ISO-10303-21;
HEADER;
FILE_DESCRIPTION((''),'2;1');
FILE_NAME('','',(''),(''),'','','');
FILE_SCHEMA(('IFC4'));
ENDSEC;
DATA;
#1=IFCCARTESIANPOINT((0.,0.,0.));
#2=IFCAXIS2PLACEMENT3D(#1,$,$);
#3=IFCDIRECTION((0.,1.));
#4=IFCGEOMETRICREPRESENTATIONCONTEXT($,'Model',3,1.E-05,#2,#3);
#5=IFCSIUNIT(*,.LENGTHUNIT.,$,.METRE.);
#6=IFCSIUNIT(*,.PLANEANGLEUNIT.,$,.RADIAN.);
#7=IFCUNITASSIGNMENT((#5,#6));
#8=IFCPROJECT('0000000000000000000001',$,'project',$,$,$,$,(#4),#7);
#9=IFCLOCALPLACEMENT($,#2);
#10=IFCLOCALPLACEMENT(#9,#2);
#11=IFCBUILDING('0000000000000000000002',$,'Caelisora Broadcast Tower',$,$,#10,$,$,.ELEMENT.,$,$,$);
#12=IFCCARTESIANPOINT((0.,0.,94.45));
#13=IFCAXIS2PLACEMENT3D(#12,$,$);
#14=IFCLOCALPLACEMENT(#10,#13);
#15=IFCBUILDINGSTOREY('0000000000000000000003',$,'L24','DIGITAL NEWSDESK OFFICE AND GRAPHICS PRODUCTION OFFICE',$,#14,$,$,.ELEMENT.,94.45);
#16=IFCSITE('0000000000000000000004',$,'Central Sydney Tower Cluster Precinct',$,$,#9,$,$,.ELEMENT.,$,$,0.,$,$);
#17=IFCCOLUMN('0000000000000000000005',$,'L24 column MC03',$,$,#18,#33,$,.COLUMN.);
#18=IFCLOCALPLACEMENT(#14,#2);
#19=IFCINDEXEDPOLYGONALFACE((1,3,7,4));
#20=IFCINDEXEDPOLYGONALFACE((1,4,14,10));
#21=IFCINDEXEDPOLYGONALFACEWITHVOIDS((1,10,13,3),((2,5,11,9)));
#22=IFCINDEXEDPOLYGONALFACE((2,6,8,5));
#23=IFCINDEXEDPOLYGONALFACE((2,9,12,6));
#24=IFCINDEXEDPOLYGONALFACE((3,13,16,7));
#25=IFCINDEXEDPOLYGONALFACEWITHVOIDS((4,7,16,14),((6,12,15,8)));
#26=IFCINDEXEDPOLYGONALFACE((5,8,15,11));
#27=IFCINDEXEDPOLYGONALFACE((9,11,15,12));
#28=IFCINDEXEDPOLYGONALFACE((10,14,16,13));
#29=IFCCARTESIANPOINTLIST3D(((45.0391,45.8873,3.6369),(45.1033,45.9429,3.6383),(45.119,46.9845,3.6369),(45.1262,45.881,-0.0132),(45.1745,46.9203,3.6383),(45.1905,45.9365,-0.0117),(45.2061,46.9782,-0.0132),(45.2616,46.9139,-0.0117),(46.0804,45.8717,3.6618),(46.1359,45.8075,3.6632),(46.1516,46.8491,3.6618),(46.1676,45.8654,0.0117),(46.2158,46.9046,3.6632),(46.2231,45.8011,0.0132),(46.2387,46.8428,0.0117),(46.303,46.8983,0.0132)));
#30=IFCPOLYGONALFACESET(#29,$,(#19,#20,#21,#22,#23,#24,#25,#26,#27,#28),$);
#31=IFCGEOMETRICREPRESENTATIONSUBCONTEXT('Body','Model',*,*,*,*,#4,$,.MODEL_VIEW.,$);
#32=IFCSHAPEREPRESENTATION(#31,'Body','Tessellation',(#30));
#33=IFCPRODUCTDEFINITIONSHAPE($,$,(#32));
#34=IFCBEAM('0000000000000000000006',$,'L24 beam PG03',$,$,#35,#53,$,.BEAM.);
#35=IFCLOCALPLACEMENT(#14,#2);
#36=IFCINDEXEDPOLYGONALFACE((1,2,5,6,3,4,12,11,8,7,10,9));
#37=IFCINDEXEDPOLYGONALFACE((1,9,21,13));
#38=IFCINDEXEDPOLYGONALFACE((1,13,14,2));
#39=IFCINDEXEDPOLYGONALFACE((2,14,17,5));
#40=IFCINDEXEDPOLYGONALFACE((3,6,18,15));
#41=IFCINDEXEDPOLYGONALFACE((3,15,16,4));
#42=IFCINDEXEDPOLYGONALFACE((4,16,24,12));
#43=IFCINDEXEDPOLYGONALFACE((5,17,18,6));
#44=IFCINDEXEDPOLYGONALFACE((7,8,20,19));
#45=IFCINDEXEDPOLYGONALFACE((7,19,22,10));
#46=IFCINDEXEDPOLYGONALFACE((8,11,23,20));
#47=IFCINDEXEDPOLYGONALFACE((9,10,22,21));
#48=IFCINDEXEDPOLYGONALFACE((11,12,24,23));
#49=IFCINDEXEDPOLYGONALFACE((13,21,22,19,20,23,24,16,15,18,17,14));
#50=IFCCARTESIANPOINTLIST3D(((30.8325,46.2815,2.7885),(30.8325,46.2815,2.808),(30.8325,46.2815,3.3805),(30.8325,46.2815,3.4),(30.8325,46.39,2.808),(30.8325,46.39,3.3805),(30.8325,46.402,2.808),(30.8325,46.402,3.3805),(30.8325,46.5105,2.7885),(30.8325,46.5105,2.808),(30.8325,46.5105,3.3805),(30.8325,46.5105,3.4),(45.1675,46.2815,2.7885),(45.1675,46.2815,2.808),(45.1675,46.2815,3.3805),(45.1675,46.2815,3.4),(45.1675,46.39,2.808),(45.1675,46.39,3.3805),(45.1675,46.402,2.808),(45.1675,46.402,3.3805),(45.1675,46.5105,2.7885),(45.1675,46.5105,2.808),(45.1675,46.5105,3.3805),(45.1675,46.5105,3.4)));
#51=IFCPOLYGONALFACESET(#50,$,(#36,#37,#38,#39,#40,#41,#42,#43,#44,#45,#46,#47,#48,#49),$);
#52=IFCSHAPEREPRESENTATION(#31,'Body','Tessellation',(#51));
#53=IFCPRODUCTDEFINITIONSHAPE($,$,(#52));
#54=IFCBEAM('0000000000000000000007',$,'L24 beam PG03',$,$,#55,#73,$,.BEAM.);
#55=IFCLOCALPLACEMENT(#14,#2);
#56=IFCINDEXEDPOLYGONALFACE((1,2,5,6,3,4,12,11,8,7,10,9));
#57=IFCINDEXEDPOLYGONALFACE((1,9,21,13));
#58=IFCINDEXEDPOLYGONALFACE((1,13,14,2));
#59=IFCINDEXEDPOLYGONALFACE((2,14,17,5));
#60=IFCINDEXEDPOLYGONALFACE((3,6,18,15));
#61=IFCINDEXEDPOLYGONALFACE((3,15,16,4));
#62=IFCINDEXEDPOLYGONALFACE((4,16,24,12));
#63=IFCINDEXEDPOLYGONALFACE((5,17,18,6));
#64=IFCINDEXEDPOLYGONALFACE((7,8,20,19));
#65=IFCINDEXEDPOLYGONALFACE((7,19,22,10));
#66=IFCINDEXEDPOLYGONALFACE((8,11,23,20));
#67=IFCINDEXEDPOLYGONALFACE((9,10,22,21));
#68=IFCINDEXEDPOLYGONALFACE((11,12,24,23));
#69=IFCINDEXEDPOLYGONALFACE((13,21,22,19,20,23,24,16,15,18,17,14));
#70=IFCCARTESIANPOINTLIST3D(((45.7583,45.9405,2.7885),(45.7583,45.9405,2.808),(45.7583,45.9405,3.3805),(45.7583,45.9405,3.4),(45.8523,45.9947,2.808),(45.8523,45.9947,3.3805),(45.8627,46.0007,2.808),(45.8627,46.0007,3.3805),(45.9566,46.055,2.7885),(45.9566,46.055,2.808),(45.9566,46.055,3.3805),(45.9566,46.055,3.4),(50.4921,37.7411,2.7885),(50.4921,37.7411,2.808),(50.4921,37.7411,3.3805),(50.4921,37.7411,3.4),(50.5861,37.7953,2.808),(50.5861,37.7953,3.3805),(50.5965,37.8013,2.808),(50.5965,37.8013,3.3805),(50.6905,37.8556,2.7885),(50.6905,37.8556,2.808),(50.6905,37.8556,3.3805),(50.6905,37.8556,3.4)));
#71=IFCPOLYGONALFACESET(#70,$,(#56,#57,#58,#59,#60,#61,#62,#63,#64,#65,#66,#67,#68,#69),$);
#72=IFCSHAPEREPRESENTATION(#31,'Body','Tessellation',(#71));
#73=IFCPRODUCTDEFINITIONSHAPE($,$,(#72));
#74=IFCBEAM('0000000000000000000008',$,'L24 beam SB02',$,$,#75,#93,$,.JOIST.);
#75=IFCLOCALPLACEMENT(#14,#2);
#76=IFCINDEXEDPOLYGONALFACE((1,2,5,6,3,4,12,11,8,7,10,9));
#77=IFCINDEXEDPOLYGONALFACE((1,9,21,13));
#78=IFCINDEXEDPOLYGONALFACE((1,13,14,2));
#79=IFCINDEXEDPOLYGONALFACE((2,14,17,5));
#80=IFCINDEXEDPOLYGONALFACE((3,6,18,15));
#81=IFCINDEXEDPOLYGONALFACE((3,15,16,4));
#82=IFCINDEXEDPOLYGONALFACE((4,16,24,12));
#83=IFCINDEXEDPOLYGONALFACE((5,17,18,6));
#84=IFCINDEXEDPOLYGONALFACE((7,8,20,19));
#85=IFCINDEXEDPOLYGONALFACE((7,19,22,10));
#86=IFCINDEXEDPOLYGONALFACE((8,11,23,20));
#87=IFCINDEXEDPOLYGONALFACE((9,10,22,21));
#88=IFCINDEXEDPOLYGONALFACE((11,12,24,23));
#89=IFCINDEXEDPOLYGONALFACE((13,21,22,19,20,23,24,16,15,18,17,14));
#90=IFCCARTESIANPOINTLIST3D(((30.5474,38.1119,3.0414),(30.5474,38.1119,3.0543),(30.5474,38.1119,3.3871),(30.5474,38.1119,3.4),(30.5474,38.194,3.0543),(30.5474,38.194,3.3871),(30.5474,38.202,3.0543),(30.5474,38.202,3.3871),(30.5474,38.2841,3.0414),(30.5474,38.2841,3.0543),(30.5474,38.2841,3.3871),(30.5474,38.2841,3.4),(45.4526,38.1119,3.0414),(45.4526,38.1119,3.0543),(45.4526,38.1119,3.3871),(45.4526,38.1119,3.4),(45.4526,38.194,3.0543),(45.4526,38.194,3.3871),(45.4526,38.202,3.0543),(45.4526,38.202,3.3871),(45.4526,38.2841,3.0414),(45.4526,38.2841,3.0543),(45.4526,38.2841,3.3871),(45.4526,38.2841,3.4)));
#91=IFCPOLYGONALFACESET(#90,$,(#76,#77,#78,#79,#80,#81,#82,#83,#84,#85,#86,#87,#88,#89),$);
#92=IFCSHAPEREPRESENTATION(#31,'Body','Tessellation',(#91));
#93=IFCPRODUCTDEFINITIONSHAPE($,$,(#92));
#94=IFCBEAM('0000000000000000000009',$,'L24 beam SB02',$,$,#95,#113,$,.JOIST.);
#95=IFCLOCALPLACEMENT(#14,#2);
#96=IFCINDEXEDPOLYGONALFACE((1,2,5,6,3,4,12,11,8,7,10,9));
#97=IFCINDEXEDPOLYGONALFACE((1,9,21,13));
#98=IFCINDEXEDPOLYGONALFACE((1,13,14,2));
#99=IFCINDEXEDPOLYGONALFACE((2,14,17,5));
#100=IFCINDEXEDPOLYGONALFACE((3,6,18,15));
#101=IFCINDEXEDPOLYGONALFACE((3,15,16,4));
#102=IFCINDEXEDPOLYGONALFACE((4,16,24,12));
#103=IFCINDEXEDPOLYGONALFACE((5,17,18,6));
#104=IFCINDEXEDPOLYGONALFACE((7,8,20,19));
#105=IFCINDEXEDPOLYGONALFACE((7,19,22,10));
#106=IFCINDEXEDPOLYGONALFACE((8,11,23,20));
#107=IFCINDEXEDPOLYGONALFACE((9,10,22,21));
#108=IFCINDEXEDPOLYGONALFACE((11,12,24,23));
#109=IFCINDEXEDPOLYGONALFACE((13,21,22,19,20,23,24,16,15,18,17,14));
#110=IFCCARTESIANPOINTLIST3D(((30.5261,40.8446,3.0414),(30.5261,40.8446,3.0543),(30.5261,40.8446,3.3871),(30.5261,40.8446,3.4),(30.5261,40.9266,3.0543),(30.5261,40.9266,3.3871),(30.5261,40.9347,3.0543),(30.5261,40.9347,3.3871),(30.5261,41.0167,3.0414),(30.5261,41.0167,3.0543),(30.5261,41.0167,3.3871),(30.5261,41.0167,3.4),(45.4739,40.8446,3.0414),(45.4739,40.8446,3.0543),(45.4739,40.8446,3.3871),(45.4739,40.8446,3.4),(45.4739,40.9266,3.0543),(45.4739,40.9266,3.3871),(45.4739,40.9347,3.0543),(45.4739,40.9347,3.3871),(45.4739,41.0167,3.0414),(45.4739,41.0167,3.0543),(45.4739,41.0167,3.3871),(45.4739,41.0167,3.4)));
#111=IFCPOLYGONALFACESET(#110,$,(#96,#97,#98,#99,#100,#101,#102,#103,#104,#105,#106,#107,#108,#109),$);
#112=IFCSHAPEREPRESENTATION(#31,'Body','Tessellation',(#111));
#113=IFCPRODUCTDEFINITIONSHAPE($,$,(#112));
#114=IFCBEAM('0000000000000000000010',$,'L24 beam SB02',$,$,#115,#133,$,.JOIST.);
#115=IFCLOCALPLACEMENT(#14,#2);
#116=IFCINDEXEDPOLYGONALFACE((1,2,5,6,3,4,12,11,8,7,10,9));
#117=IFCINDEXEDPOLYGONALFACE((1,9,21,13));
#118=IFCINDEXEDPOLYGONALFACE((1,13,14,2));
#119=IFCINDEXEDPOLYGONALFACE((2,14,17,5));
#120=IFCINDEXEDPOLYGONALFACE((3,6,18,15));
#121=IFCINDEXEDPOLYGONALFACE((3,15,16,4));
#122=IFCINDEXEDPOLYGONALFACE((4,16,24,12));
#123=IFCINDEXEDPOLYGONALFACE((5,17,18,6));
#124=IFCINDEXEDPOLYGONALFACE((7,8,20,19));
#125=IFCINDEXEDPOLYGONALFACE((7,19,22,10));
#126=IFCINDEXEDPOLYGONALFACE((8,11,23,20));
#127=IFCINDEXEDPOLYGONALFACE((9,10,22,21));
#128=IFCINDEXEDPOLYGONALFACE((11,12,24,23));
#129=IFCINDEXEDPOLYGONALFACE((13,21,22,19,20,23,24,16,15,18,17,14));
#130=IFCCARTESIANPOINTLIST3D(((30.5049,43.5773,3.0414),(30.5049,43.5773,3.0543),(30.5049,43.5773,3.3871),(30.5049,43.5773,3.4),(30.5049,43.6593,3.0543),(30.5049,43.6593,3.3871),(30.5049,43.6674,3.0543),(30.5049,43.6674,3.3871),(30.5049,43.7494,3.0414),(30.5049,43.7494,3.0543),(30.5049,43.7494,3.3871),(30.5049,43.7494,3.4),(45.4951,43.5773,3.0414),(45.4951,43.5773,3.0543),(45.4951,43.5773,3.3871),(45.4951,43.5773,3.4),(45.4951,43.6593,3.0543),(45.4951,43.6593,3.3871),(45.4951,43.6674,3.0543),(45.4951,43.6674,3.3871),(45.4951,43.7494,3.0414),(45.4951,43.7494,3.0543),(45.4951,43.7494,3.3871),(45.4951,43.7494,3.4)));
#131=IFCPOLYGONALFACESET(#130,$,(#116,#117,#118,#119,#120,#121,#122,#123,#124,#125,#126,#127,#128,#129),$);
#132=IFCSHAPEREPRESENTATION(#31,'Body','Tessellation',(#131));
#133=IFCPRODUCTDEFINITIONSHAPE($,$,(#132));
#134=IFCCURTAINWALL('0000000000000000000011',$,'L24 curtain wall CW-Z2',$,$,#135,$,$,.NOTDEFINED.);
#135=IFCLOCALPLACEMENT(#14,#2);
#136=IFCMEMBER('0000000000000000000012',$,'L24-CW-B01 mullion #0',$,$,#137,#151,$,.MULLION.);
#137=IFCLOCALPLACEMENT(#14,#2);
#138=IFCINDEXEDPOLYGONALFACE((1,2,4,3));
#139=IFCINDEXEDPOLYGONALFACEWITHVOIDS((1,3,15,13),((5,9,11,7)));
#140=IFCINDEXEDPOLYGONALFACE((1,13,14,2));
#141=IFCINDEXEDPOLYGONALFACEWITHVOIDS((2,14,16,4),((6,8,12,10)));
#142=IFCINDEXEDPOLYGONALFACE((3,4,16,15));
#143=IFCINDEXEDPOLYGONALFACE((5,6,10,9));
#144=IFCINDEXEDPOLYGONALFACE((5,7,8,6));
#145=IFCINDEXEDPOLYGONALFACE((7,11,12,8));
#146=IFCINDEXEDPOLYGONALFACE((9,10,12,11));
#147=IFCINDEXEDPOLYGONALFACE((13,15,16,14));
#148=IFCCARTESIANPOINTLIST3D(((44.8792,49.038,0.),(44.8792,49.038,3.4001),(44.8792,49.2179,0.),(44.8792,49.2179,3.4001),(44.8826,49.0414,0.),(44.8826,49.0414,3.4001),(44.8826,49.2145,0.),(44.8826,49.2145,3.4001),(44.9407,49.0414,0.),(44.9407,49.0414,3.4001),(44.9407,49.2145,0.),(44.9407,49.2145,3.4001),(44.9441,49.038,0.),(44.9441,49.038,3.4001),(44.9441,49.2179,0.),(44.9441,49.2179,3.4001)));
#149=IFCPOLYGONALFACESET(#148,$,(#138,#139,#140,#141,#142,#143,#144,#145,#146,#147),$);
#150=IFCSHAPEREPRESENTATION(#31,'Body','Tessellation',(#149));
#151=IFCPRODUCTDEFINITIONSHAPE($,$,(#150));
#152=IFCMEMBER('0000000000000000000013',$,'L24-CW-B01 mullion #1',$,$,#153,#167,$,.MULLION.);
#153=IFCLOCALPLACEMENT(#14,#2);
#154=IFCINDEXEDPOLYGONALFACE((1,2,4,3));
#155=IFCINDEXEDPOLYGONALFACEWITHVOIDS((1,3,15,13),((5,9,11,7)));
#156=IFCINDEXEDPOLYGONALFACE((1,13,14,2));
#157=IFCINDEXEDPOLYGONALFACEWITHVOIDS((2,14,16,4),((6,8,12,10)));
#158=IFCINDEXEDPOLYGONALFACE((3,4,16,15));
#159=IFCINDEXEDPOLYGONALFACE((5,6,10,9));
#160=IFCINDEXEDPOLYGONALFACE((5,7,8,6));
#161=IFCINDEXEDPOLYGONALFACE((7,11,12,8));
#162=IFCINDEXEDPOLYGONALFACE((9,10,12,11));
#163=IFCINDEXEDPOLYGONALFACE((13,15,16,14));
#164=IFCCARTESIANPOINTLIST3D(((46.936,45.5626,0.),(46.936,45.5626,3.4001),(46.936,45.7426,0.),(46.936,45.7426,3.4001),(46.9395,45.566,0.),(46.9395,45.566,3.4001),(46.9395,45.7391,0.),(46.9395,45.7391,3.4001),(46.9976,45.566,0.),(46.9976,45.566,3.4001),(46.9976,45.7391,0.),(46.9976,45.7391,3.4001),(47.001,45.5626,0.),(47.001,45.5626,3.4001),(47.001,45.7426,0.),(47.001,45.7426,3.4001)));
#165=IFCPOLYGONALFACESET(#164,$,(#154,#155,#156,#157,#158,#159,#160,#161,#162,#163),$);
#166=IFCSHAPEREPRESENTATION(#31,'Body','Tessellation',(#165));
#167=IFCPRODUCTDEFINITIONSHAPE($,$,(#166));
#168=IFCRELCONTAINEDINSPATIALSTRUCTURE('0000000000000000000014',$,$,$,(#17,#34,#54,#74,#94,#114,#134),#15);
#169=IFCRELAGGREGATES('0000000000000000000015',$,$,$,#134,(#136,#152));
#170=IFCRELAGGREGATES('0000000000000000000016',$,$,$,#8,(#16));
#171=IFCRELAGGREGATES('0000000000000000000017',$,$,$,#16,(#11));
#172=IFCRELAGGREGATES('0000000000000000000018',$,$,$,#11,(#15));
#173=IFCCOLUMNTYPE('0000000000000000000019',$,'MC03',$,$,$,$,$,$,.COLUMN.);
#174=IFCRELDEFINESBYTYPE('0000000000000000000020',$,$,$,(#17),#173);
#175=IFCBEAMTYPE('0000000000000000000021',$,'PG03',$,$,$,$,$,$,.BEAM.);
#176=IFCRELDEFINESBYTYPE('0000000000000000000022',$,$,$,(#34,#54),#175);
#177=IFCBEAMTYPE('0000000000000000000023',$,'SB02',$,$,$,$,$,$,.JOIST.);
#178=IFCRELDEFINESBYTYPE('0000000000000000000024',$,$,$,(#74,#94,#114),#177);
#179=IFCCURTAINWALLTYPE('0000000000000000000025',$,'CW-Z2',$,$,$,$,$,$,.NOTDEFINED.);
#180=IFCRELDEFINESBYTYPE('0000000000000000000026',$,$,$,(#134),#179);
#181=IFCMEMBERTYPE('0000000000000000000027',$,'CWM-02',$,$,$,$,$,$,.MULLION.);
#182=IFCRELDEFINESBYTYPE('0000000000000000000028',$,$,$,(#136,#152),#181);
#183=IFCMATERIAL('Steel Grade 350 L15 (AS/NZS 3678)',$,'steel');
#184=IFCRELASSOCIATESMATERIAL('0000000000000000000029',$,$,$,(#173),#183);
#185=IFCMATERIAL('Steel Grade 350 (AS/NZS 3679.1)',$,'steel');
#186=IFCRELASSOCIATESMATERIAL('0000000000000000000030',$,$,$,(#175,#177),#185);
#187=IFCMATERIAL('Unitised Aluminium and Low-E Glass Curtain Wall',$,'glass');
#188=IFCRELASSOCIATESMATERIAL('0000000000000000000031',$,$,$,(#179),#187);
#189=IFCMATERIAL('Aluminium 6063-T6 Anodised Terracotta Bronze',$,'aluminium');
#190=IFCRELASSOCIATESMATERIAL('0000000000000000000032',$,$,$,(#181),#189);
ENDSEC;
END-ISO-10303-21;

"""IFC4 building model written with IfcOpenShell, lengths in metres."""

from ifc_helpers import new_model, si_unit, direction, frame, origin, origin_2d, place, context, subcontext, project, spatial, hollow_rectangle, i_section, extrude, source, transform, mapped, material, material_profile, profile_set, type_object, type_shapes, element, aggregate, save


model = new_model("IFC4")

# Units and contexts
model_context = context("Model", 3, precision=1e-05, world=origin(), true_north=direction((0.0, 1.0)))
body_context = subcontext(model_context, "Body", "Model", "MODEL_VIEW")
ifc_project = project(units=[si_unit("LENGTHUNIT", "METRE"), si_unit("PLANEANGLEUNIT", "RADIAN")], contexts=[model_context])

# Site, building, storey
site_placement = place(None, origin())
site = spatial("IfcSite", under=ifc_project, at=site_placement, Name="Central Sydney Tower Cluster Precinct", CompositionType="ELEMENT", RefElevation=0.0)
building_placement = place(site_placement, origin())
building = spatial("IfcBuilding", under=site, at=building_placement, Name="Caelisora Broadcast Tower", CompositionType="ELEMENT")
storey_placement = place(building_placement, frame((0.0, 0.0, 94.45)))
storey = spatial("IfcBuildingStorey", under=building, at=storey_placement, Name="L24", Description="DIGITAL NEWSDESK OFFICE AND GRAPHICS PRODUCTION OFFICE", CompositionType="ELEMENT", Elevation=94.45)

# Column
ifc_material_1 = material(Name="Steel Grade 350 L15 (AS/NZS 3678)", Category="steel")
ifc_material_profile_1 = material_profile(ifc_material_1, hollow_rectangle(XDim=1.1001, YDim=1.1001, WallThickness=0.0601, at=origin_2d()), Name="Steel Grade 350 L15 (AS/NZS 3678)")
ifc_profile_set_1 = profile_set([ifc_material_profile_1], Name="Steel Grade 350 L15 (AS/NZS 3678)")
column_type = type_object("IfcColumnType", Name="MC03", PredefinedType="COLUMN", material=ifc_profile_set_1)
shared_shape_1 = source(origin(), body_context, "Body", "SweptSolid", [
    extrude(hollow_rectangle(XDim=1.1001, YDim=1.1001, WallThickness=0.0601, at=origin_2d()), origin(), (0.0, 0.0, 1.0), 3.6511),
])
type_shapes(column_type, [shared_shape_1])
column_placement = place(storey_placement, frame((45.7146, 46.3896, 0.0), z_axis=(-0.023871, 0.001739, 0.999714), x_axis=(-0.072637, -0.997358, 0.0)))
element("IfcColumn", 1, at=column_placement, inside=storey, type_object=column_type, Name="L24 column MC03", PredefinedType="COLUMN", context=body_context, shape_type="MappedRepresentation", body=[
    mapped(shared_shape_1, transform((0.0, 0.0, 0.0), scale=1.0)),
])

# Beams
ifc_material_2 = material(Name="Steel Grade 350 (AS/NZS 3679.1)", Category="steel")
ifc_material_profile_2 = material_profile(ifc_material_2, i_section(OverallWidth=0.229, OverallDepth=0.6116, WebThickness=0.012, FlangeThickness=0.0195, at=origin_2d()), Name="Steel Grade 350 (AS/NZS 3679.1)")
ifc_profile_set_2 = profile_set([ifc_material_profile_2], Name="Steel Grade 350 (AS/NZS 3679.1)")
beam_type_1 = type_object("IfcBeamType", Name="PG03", PredefinedType="BEAM", material=ifc_profile_set_2)
shared_shape_2 = source(origin(), body_context, "Body", "SweptSolid", [
    extrude(i_section(OverallWidth=0.229, OverallDepth=0.6116, WebThickness=0.012, FlangeThickness=0.0195, at=origin_2d()), origin(), (0.0, 0.0, 1.0), 14.335),
])
beam_1_placement = place(storey_placement, frame((45.1675, 46.396, 3.0942), z_axis=(-1.0, 0.0, 0.0), x_axis=(0.0, -1.0, 0.0)))
element("IfcBeam", 2, at=beam_1_placement, inside=storey, type_object=beam_type_1, Name="L24 beam PG03", PredefinedType="BEAM", context=body_context, shape_type="MappedRepresentation", body=[
    mapped(shared_shape_2, transform((0.0, 0.0, 0.0), scale=1.0)),
])
shared_shape_3 = source(origin(), body_context, "Body", "SweptSolid", [
    extrude(i_section(OverallWidth=0.229, OverallDepth=0.6116, WebThickness=0.012, FlangeThickness=0.0195, at=origin_2d()), origin(), (0.0, 0.0, 1.0), 9.4678),
])
type_shapes(beam_type_1, [shared_shape_2, shared_shape_3])
beam_2_placement = place(storey_placement, frame((50.5913, 37.7983, 3.0942), z_axis=(-0.499994, 0.866029, 0.0), x_axis=(-0.866029, -0.499994, 0.0)))
element("IfcBeam", 3, at=beam_2_placement, inside=storey, type_object=beam_type_1, Name="L24 beam PG03", PredefinedType="BEAM", context=body_context, shape_type="MappedRepresentation", body=[
    mapped(shared_shape_3, transform((0.0, 0.0, 0.0), scale=1.0)),
])
ifc_material_profile_3 = material_profile(ifc_material_2, i_section(OverallWidth=0.1721, OverallDepth=0.3586, WebThickness=0.0081, FlangeThickness=0.0129, at=origin_2d()), Name="Steel Grade 350 (AS/NZS 3679.1)")
ifc_profile_set_3 = profile_set([ifc_material_profile_3], Name="Steel Grade 350 (AS/NZS 3679.1)")
beam_type_2 = type_object("IfcBeamType", Name="SB02", PredefinedType="JOIST", material=ifc_profile_set_3)
shared_shape_4 = source(origin(), body_context, "Body", "SweptSolid", [
    extrude(i_section(OverallWidth=0.1721, OverallDepth=0.3586, WebThickness=0.0081, FlangeThickness=0.0129, at=origin_2d()), origin(), (0.0, 0.0, 1.0), 14.9053),
])
beam_3_placement = place(storey_placement, frame((45.4526, 38.198, 3.2207), z_axis=(-1.0, 0.0, 0.0), x_axis=(0.0, -1.0, 0.0)))
element("IfcBeam", 4, at=beam_3_placement, inside=storey, type_object=beam_type_2, Name="L24 beam SB02", PredefinedType="JOIST", context=body_context, shape_type="MappedRepresentation", body=[
    mapped(shared_shape_4, transform((0.0, 0.0, 0.0), scale=1.0)),
])
shared_shape_5 = source(origin(), body_context, "Body", "SweptSolid", [
    extrude(i_section(OverallWidth=0.1721, OverallDepth=0.3586, WebThickness=0.0081, FlangeThickness=0.0129, at=origin_2d()), origin(), (0.0, 0.0, 1.0), 14.9478),
])
beam_4_placement = place(storey_placement, frame((45.4739, 40.9307, 3.2207), z_axis=(-1.0, 0.0, 0.0), x_axis=(0.0, -1.0, 0.0)))
element("IfcBeam", 5, at=beam_4_placement, inside=storey, type_object=beam_type_2, Name="L24 beam SB02", PredefinedType="JOIST", context=body_context, shape_type="MappedRepresentation", body=[
    mapped(shared_shape_5, transform((0.0, 0.0, 0.0), scale=1.0)),
])
shared_shape_6 = source(origin(), body_context, "Body", "SweptSolid", [
    extrude(i_section(OverallWidth=0.1721, OverallDepth=0.3586, WebThickness=0.0081, FlangeThickness=0.0129, at=origin_2d()), origin(), (0.0, 0.0, 1.0), 14.9902),
])
type_shapes(beam_type_2, [shared_shape_4, shared_shape_5, shared_shape_6])
beam_5_placement = place(storey_placement, frame((45.4951, 43.6633, 3.2207), z_axis=(-1.0, 0.0, 0.0), x_axis=(0.0, -1.0, 0.0)))
element("IfcBeam", 6, at=beam_5_placement, inside=storey, type_object=beam_type_2, Name="L24 beam SB02", PredefinedType="JOIST", context=body_context, shape_type="MappedRepresentation", body=[
    mapped(shared_shape_6, transform((0.0, 0.0, 0.0), scale=1.0)),
])

# Curtain wall, members
ifc_material_3 = material(Name="Unitised Aluminium and Low-E Glass Curtain Wall", Category="glass")
curtain_wall_type_1 = type_object("IfcCurtainWallType", Name="CW-Z2", PredefinedType="NOTDEFINED", material=ifc_material_3)
curtain_wall_1_placement = place(storey_placement, origin())
curtain_wall_1 = element("IfcCurtainWall", 7, at=curtain_wall_1_placement, inside=storey, type_object=curtain_wall_type_1, Name="L24 curtain wall CW-Z2", PredefinedType="NOTDEFINED")
ifc_material_4 = material(Name="Aluminium 6063-T6 Anodised Terracotta Bronze", Category="aluminium")
ifc_material_profile_4 = material_profile(ifc_material_4, hollow_rectangle(XDim=0.0649, YDim=0.1799, WallThickness=0.0034, at=origin_2d()), Name="Aluminium 6063-T6 Anodised Terracotta Bronze")
ifc_profile_set_4 = profile_set([ifc_material_profile_4], Name="Aluminium 6063-T6 Anodised Terracotta Bronze")
member_type_1 = type_object("IfcMemberType", Name="CWM-02", PredefinedType="MULLION", material=ifc_profile_set_4)
shared_shape_7 = source(origin(), body_context, "Body", "SweptSolid", [
    extrude(hollow_rectangle(XDim=0.0649, YDim=0.1799, WallThickness=0.0034, at=origin_2d()), origin(), (0.0, 0.0, 1.0), 3.4001),
])
type_shapes(member_type_1, [shared_shape_7])
member_1_placement = place(storey_placement, frame((44.9116, 49.1279, 0.0), z_axis=(0.0, 0.0, 1.0), x_axis=(1.0, 0.0, 0.0)))
member_1 = element("IfcMember", 8, at=member_1_placement, type_object=member_type_1, Name="L24-CW-B01 mullion #0", PredefinedType="MULLION", context=body_context, shape_type="MappedRepresentation", body=[
    mapped(shared_shape_7, transform((0.0, 0.0, 0.0), scale=1.0)),
])
member_2_placement = place(storey_placement, frame((46.9685, 45.6526, 0.0), z_axis=(0.0, 0.0, 1.0), x_axis=(1.0, 0.0, 0.0)))
member_2 = element("IfcMember", 9, at=member_2_placement, type_object=member_type_1, Name="L24-CW-B01 mullion #1", PredefinedType="MULLION", context=body_context, shape_type="MappedRepresentation", body=[
    mapped(shared_shape_7, transform((0.0, 0.0, 0.0), scale=1.0)),
])

aggregate(curtain_wall_1, [member_1, member_2])

save(model, "model.ifc")
